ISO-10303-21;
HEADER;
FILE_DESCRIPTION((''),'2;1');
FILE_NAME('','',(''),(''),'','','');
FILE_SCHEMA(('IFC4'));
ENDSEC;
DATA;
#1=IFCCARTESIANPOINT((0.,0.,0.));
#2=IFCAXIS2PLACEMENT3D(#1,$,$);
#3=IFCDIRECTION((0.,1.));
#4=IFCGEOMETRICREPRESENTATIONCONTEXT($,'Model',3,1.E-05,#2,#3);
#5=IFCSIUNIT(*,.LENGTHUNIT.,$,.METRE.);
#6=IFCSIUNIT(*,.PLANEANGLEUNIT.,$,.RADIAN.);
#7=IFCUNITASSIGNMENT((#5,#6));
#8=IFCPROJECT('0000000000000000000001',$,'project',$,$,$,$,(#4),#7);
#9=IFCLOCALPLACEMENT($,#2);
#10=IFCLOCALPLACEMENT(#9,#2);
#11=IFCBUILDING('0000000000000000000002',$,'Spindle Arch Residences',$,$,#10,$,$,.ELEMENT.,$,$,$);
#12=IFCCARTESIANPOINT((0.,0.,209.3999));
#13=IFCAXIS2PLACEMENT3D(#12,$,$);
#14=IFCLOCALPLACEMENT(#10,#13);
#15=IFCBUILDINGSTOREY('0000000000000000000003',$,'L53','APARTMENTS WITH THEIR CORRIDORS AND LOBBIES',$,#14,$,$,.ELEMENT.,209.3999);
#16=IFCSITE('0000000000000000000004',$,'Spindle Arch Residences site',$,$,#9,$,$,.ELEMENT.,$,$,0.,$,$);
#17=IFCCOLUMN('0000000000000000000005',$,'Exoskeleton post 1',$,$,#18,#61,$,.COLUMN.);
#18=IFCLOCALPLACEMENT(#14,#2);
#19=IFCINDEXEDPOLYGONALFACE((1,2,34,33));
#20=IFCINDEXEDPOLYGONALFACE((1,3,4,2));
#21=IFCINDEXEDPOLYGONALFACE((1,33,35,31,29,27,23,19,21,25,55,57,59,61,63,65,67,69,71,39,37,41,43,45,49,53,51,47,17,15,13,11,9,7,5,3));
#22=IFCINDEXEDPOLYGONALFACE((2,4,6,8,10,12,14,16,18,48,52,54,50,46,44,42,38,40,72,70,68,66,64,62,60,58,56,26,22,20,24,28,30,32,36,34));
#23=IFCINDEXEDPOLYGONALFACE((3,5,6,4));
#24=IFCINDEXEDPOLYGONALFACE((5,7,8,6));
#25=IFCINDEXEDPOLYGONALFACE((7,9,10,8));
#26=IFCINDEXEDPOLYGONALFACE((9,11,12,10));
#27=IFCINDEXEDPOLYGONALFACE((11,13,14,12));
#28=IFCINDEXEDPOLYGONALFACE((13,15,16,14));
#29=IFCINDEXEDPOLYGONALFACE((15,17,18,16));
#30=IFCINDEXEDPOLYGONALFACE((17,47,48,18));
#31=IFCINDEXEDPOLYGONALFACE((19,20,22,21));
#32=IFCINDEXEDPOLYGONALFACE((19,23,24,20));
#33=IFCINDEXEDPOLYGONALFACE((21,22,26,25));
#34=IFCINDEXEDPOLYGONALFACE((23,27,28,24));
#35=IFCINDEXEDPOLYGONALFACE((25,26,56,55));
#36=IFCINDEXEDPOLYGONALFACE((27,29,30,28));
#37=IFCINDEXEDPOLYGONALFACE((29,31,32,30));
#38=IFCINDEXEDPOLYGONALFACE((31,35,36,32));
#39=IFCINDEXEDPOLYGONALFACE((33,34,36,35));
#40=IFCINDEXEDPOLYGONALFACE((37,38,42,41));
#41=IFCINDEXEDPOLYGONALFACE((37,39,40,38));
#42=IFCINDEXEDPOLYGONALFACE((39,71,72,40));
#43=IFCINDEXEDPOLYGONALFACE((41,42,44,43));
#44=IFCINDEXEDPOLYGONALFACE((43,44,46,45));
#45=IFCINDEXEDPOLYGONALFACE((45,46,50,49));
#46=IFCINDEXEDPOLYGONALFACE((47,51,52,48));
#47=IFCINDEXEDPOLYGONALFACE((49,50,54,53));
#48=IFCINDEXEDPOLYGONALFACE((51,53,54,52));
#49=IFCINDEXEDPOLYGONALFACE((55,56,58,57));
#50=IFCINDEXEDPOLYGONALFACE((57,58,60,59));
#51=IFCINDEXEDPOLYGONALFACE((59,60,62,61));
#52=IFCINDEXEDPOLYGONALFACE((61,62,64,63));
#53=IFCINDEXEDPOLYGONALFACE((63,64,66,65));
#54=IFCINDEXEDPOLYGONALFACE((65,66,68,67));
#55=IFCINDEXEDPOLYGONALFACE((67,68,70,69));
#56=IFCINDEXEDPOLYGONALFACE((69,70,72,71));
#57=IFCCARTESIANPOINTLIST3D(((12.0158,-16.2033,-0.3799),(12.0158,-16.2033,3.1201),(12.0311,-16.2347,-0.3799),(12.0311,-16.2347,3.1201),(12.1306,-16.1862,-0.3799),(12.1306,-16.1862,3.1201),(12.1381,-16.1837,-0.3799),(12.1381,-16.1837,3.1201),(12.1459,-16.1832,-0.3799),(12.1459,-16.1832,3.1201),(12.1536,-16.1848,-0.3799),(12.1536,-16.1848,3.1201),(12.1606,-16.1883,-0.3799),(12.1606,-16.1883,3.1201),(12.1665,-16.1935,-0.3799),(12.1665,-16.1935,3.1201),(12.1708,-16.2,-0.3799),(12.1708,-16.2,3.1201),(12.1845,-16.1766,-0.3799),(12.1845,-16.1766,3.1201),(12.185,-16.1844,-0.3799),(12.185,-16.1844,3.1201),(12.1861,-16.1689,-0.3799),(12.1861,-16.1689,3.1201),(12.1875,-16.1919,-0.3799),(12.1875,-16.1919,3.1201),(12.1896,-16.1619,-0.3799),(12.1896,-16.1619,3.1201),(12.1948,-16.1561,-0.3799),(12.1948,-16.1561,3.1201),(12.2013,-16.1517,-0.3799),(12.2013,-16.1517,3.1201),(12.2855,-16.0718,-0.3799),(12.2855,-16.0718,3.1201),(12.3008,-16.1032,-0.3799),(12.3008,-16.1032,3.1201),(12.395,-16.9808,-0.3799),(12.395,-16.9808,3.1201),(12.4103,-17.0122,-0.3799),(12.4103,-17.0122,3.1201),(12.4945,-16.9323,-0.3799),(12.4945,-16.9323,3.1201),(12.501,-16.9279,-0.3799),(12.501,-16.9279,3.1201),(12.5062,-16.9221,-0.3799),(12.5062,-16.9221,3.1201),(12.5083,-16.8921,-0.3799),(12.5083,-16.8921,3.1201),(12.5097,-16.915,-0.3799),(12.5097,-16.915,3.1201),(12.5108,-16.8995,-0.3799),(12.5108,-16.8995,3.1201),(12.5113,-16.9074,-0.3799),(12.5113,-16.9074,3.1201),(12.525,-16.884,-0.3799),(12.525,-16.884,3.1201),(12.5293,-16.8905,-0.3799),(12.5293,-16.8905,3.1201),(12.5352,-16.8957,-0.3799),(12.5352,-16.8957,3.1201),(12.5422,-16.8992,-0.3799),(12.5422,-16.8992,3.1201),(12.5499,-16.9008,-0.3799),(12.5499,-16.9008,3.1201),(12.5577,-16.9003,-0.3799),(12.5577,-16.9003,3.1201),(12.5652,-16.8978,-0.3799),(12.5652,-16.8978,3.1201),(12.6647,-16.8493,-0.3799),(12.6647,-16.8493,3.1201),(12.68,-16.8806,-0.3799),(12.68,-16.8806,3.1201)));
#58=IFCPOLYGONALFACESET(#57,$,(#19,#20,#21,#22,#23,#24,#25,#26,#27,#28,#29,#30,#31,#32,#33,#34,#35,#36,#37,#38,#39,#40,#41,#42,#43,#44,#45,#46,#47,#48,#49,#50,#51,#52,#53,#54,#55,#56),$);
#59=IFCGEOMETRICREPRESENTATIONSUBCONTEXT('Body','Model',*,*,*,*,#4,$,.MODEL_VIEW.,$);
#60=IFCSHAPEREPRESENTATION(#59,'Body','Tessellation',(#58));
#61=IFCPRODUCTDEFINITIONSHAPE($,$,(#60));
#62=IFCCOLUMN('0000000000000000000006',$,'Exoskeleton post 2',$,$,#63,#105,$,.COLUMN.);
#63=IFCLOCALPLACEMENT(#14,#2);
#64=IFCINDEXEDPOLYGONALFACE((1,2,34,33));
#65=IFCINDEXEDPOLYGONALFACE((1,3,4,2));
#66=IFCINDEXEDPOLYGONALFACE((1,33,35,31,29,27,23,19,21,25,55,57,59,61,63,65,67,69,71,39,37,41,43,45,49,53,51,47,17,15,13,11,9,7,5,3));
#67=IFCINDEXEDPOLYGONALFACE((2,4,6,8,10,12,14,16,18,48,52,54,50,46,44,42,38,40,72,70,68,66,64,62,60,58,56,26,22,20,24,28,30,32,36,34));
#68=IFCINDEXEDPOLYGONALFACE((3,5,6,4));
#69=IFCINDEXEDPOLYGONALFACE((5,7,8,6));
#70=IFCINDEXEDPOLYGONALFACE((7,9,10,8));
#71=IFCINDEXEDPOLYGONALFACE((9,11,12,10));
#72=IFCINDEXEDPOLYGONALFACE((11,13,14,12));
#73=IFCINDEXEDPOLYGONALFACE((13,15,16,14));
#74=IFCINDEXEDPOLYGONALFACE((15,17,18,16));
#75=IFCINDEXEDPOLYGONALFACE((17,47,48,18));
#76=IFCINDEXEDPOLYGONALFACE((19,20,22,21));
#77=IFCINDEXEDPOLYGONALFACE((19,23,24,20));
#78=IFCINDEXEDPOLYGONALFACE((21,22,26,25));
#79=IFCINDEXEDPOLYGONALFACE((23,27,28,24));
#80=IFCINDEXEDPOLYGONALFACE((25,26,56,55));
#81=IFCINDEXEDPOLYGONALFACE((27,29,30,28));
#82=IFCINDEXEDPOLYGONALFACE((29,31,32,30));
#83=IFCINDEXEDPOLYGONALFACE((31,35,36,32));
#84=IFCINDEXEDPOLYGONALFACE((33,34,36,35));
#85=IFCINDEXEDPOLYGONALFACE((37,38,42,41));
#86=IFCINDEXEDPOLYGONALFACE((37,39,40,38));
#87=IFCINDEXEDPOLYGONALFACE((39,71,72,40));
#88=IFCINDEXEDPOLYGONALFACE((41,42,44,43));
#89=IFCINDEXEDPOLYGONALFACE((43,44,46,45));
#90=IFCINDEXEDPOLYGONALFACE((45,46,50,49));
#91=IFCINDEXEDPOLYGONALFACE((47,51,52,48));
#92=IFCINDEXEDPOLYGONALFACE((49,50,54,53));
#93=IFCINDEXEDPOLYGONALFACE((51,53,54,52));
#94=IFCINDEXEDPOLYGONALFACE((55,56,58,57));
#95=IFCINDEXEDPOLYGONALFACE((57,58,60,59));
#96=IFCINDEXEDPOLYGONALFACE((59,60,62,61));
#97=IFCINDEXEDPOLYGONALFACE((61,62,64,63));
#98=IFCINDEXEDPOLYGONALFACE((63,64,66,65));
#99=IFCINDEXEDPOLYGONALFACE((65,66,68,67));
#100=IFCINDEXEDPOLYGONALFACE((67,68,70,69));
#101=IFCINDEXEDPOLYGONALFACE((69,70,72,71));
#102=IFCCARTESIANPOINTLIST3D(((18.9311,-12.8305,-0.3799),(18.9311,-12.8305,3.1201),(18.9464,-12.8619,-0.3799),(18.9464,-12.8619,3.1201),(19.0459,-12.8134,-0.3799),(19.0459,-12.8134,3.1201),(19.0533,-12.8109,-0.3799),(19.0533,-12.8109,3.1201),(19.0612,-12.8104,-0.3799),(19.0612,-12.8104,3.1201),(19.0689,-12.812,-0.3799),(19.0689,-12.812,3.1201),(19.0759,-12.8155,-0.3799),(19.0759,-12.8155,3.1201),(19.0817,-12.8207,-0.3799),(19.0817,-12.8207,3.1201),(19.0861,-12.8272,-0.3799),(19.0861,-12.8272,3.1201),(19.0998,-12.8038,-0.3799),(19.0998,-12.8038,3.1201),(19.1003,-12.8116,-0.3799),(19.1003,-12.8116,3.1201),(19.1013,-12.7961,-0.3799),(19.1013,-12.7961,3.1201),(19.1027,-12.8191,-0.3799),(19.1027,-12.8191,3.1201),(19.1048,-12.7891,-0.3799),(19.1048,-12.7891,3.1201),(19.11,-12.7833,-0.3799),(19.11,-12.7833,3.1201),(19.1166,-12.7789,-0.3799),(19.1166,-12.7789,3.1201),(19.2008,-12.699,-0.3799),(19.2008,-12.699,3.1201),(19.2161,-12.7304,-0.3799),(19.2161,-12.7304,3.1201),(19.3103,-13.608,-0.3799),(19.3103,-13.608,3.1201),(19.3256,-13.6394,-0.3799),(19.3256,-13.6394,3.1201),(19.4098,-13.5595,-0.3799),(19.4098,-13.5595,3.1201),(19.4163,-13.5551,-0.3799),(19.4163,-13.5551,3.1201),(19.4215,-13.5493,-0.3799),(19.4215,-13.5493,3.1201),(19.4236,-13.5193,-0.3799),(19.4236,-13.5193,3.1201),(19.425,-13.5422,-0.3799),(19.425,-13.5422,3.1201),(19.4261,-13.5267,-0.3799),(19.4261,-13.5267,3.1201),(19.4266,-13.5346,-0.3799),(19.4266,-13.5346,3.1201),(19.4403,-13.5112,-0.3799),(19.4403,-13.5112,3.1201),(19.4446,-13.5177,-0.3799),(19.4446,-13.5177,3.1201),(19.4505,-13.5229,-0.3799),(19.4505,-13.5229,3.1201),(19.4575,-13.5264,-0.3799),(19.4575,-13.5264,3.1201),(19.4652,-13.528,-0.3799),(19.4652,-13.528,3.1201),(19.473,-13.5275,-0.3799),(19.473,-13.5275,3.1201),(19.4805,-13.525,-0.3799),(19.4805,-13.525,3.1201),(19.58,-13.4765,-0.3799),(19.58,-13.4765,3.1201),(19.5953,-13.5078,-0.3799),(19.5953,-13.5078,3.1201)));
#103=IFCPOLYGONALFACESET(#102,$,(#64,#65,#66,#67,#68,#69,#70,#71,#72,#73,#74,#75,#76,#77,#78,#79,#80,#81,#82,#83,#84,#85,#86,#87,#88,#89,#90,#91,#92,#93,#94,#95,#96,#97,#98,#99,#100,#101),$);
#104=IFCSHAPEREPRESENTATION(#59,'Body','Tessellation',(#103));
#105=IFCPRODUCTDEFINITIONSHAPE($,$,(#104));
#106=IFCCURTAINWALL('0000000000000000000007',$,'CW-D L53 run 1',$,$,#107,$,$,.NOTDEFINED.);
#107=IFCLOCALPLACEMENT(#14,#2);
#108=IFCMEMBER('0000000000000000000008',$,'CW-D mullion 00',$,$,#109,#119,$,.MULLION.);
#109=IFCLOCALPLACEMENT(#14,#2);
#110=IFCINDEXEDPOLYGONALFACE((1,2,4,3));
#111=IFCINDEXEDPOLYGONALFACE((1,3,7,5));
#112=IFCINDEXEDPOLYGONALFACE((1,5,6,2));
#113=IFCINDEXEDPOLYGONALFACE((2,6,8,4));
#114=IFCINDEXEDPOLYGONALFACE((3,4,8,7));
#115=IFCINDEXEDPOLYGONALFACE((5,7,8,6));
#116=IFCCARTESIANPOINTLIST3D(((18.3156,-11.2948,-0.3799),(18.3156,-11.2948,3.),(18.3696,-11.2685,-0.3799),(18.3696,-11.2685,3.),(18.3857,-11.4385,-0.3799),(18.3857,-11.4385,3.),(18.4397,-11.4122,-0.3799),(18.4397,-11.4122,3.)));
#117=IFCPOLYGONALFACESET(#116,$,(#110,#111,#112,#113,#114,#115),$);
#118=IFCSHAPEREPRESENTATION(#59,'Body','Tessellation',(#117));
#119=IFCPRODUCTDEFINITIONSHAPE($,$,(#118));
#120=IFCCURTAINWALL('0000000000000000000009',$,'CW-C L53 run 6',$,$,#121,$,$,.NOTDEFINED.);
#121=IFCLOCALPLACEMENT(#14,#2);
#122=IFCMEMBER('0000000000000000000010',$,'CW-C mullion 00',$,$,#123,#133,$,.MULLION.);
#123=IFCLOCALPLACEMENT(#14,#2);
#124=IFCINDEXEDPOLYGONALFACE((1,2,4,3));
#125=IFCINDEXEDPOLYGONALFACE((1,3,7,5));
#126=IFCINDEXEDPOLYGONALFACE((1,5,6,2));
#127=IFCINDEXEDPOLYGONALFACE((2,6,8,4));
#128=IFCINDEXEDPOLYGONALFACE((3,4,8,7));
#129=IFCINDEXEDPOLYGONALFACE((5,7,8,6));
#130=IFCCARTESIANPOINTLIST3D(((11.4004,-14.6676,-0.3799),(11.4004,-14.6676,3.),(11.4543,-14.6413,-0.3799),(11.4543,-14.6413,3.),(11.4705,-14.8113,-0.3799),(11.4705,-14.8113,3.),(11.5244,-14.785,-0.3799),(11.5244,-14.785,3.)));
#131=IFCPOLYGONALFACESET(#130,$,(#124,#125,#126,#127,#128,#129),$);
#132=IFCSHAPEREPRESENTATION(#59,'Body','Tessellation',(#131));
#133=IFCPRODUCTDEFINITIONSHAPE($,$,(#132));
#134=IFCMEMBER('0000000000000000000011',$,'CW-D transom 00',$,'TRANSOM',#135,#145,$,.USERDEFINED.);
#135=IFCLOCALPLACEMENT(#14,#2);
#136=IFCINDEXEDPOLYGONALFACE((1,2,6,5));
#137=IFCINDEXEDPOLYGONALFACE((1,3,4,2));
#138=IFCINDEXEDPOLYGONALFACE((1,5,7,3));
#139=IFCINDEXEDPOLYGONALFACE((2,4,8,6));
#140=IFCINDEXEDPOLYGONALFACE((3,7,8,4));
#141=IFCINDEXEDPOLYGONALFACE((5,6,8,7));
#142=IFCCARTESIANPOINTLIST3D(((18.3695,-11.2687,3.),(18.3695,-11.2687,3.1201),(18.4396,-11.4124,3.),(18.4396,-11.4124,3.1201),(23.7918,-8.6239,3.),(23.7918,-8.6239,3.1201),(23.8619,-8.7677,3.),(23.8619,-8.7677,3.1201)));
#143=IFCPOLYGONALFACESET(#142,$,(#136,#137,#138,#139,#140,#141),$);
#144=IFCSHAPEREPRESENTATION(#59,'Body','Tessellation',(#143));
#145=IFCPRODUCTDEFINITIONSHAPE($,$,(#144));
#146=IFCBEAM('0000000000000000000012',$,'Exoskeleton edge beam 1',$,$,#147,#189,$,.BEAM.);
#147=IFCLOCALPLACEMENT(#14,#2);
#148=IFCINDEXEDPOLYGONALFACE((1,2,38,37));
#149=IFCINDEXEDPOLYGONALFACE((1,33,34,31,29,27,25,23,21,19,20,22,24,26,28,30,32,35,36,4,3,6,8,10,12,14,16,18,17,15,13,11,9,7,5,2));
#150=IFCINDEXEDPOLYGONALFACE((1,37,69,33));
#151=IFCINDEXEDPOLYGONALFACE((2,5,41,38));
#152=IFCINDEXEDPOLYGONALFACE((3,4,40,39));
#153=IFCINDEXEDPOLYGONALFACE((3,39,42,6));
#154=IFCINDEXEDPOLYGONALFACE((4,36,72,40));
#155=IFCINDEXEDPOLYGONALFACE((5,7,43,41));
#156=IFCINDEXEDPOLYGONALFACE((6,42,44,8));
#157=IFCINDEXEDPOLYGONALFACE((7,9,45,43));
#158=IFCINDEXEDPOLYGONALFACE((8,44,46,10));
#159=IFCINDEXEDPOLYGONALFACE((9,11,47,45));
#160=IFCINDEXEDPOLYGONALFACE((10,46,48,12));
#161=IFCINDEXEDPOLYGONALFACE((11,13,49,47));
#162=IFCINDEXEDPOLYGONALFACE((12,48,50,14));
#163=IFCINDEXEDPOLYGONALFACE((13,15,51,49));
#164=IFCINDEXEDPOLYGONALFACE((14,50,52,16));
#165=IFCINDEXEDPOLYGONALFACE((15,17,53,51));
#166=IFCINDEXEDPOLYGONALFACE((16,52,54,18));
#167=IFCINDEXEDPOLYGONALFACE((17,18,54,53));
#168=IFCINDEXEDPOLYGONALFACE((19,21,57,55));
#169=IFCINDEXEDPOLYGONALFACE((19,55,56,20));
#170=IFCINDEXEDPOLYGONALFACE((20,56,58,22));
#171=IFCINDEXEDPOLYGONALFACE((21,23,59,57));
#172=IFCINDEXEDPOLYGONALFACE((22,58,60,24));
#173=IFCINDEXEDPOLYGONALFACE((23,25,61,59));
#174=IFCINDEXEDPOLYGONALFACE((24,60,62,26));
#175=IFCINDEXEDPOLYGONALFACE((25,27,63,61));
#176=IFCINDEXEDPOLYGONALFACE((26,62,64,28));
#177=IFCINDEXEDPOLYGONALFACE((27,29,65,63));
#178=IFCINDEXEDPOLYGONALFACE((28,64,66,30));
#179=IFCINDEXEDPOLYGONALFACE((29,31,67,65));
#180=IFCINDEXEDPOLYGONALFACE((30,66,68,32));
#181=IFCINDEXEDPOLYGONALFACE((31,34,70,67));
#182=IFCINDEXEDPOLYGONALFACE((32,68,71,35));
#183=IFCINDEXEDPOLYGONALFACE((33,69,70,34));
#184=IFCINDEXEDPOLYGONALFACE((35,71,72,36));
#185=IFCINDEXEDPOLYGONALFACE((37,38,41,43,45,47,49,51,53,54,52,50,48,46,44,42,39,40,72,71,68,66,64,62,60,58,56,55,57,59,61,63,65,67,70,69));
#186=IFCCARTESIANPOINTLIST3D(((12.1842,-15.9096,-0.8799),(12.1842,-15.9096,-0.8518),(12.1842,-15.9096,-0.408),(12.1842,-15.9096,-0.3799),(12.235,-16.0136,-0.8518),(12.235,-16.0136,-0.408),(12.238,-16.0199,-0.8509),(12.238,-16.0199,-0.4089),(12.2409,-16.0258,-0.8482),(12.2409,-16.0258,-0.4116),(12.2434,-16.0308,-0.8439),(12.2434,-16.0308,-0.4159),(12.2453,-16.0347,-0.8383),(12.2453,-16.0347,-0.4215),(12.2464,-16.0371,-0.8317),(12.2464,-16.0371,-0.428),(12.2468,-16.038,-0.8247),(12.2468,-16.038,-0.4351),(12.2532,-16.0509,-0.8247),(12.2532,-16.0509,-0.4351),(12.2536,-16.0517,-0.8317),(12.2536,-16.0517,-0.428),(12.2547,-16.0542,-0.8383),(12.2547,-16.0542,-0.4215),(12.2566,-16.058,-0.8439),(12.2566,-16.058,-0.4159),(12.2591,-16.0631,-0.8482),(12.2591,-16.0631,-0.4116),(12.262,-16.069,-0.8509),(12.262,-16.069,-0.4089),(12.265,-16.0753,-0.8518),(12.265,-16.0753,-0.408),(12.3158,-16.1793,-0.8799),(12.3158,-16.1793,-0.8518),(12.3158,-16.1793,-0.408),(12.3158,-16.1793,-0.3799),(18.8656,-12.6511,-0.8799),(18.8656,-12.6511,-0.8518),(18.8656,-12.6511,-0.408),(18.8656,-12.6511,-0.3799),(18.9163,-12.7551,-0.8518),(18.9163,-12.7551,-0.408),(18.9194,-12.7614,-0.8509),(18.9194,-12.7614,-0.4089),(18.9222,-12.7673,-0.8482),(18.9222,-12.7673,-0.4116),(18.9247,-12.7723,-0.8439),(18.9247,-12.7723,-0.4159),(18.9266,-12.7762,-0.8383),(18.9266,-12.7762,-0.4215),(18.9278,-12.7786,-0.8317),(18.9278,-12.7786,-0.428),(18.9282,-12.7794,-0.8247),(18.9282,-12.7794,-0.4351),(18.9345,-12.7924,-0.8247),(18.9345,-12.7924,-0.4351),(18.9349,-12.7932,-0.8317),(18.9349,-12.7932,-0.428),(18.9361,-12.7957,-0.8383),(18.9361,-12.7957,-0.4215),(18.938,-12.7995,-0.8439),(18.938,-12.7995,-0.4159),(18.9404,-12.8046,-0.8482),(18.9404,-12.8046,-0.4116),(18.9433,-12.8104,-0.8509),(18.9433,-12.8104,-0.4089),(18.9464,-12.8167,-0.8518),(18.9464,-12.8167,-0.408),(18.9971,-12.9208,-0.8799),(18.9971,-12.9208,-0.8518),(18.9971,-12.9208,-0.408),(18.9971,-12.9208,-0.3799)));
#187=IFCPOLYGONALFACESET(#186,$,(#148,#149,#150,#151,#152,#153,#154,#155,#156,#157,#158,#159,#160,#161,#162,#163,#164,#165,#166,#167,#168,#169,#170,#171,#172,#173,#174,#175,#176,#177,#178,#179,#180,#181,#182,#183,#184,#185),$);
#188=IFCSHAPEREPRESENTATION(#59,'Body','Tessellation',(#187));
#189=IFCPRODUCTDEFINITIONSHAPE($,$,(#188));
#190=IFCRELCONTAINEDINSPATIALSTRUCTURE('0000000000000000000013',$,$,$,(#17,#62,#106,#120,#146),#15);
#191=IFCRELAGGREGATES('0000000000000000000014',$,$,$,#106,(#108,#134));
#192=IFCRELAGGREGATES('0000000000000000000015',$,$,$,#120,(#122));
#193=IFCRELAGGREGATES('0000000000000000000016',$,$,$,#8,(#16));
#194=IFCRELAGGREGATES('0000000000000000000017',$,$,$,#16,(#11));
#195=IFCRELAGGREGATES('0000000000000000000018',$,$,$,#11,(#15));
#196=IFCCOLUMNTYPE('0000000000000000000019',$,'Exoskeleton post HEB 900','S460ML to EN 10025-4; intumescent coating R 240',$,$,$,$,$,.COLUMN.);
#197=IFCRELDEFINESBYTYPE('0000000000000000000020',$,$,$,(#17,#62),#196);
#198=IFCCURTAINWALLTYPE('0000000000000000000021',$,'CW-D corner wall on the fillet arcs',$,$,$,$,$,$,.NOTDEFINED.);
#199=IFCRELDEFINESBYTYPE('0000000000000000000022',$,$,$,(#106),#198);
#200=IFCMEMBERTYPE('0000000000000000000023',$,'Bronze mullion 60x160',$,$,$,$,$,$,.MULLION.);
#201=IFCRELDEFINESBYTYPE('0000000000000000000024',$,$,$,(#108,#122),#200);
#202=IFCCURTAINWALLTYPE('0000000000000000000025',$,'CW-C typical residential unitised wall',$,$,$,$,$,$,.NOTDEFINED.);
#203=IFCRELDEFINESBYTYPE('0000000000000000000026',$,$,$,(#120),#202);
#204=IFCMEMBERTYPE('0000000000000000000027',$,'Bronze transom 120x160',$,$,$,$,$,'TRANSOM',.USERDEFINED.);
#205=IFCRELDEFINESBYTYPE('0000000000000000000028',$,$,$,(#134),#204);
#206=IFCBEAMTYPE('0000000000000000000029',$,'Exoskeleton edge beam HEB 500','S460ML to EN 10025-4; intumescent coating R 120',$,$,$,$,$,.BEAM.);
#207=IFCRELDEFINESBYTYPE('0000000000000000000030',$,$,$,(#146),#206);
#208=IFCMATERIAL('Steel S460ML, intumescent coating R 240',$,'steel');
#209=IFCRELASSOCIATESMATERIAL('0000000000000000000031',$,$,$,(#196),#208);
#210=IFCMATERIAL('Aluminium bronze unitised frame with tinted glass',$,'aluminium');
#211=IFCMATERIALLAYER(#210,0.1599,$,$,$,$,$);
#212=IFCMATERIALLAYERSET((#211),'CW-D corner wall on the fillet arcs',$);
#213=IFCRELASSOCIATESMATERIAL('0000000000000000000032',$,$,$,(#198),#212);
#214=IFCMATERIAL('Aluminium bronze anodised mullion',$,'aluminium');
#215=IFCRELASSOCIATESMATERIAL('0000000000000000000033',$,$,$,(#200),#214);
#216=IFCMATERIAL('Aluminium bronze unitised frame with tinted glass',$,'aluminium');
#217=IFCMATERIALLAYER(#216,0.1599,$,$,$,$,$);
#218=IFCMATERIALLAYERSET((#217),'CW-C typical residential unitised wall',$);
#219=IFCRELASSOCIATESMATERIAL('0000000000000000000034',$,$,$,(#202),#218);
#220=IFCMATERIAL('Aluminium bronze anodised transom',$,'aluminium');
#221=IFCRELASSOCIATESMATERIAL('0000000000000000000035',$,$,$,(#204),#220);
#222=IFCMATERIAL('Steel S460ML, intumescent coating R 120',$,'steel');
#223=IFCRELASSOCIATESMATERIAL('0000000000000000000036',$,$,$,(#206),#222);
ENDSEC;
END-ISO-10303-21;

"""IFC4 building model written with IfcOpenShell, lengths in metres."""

from ifc_helpers import new_model, si_unit, direction, frame, origin, origin_2d, place, context, subcontext, project, spatial, rectangle, i_section, extrude, material, layer, layer_set, material_profile, profile_set, type_object, element, aggregate, save


model = new_model("IFC4")

# Units and contexts
model_context = context("Model", 3, precision=1e-05, world=origin(), true_north=direction((0.0, 1.0)))
body_context = subcontext(model_context, "Body", "Model", "MODEL_VIEW")
ifc_project = project(units=[si_unit("LENGTHUNIT", "METRE"), si_unit("PLANEANGLEUNIT", "RADIAN")], contexts=[model_context])

# Site, building, storey
site_placement = place(None, origin())
site = spatial("IfcSite", under=ifc_project, at=site_placement, Name="Spindle Arch Residences site", CompositionType="ELEMENT", RefElevation=0.0)
building_placement = place(site_placement, origin())
building = spatial("IfcBuilding", under=site, at=building_placement, Name="Spindle Arch Residences", CompositionType="ELEMENT")
storey_placement = place(building_placement, frame((0.0, 0.0, 209.3999)))
storey = spatial("IfcBuildingStorey", under=building, at=storey_placement, Name="L53", Description="APARTMENTS WITH THEIR CORRIDORS AND LOBBIES", CompositionType="ELEMENT", Elevation=209.3999)

# Columns
ifc_material_1 = material(Name="Steel S460ML, intumescent coating R 240", Category="steel")
ifc_material_profile_1 = material_profile(ifc_material_1, i_section(OverallWidth=0.3, OverallDepth=0.8999, WebThickness=0.0186, FlangeThickness=0.0349, FilletRadius=0.03, at=origin_2d()), Name="HEB 900")
ifc_profile_set_1 = profile_set([ifc_material_profile_1], Name="Steel S460ML, intumescent coating R 240")
column_type = type_object("IfcColumnType", Name="Exoskeleton post HEB 900", Description="S460ML to EN 10025-4; intumescent coating R 240", PredefinedType="COLUMN", material=ifc_profile_set_1)
for number, where, z_axis, x_axis, name in (
    (1, (12.3479, -16.542, -0.3799), (0.0, 0.0, 1.0), (-0.898794, -0.438371, 0.0), "Exoskeleton post 1"),
    (2, (19.2632, -13.1692, -0.3799), (0.0, 0.0, 1.0), (-0.898794, -0.438371, 0.0), "Exoskeleton post 2"),
):
    element("IfcColumn", number, at=place(storey_placement, frame(where, z_axis=z_axis, x_axis=x_axis)), inside=storey, type_object=column_type, Name=name, PredefinedType="COLUMN", context=body_context, shape_type="SweptSolid", body=[
        extrude(i_section(OverallWidth=0.3, OverallDepth=0.8999, WebThickness=0.0186, FlangeThickness=0.0349, FilletRadius=0.03, at=origin_2d()), origin(), (0.0, 0.0, 1.0), 3.5),
    ])

# Curtain walls, members
ifc_material_2 = material(Name="Aluminium bronze unitised frame with tinted glass", Category="aluminium")
ifc_layer_1 = layer(ifc_material_2, 0.1599)
ifc_layer_set_1 = layer_set([ifc_layer_1], Name="CW-D corner wall on the fillet arcs")
curtain_wall_type_1 = type_object("IfcCurtainWallType", Name="CW-D corner wall on the fillet arcs", PredefinedType="NOTDEFINED", material=ifc_layer_set_1)
curtain_wall_1_placement = place(storey_placement, origin())
curtain_wall_1 = element("IfcCurtainWall", 3, at=curtain_wall_1_placement, inside=storey, type_object=curtain_wall_type_1, Name="CW-D L53 run 1", PredefinedType="NOTDEFINED")
ifc_material_3 = material(Name="Aluminium bronze anodised mullion", Category="aluminium")
ifc_material_profile_2 = material_profile(ifc_material_3, rectangle(XDim=0.1599, YDim=0.0601, at=origin_2d()), Name="MU 60x160")
ifc_profile_set_2 = profile_set([ifc_material_profile_2], Name="Aluminium bronze anodised mullion")
member_type_1 = type_object("IfcMemberType", Name="Bronze mullion 60x160", PredefinedType="MULLION", material=ifc_profile_set_2)
member_1_placement = place(storey_placement, frame((18.3777, -11.3535, -0.3799), z_axis=(0.0, 0.0, 1.0), x_axis=(-0.438371, 0.898794, 0.0)))
member_1 = element("IfcMember", 4, at=member_1_placement, type_object=member_type_1, Name="CW-D mullion 00", PredefinedType="MULLION", context=body_context, shape_type="SweptSolid", body=[
    extrude(rectangle(XDim=0.1599, YDim=0.0601, at=origin_2d()), origin(), (0.0, 0.0, 1.0), 3.3799),
])
ifc_material_4 = material(Name="Aluminium bronze unitised frame with tinted glass", Category="aluminium")
ifc_layer_2 = layer(ifc_material_4, 0.1599)
ifc_layer_set_2 = layer_set([ifc_layer_2], Name="CW-C typical residential unitised wall")
curtain_wall_type_2 = type_object("IfcCurtainWallType", Name="CW-C typical residential unitised wall", PredefinedType="NOTDEFINED", material=ifc_layer_set_2)
curtain_wall_2_placement = place(storey_placement, origin())
curtain_wall_2 = element("IfcCurtainWall", 5, at=curtain_wall_2_placement, inside=storey, type_object=curtain_wall_type_2, Name="CW-C L53 run 6", PredefinedType="NOTDEFINED")
member_2_placement = place(storey_placement, frame((11.4624, -14.7263, -0.3799), z_axis=(0.0, 0.0, 1.0), x_axis=(-0.438371, 0.898794, 0.0)))
member_2 = element("IfcMember", 6, at=member_2_placement, type_object=member_type_1, Name="CW-C mullion 00", PredefinedType="MULLION", context=body_context, shape_type="SweptSolid", body=[
    extrude(rectangle(XDim=0.1599, YDim=0.0601, at=origin_2d()), origin(), (0.0, 0.0, 1.0), 3.3799),
])

# Member
ifc_material_5 = material(Name="Aluminium bronze anodised transom", Category="aluminium")
ifc_material_profile_3 = material_profile(ifc_material_5, rectangle(XDim=0.1599, YDim=0.1201, at=origin_2d()), Name="TR 120x160")
ifc_profile_set_3 = profile_set([ifc_material_profile_3], Name="Aluminium bronze anodised transom")
member_type_2 = type_object("IfcMemberType", Name="Bronze transom 120x160", ElementType="TRANSOM", PredefinedType="USERDEFINED", material=ifc_profile_set_3)
member_3_placement = place(storey_placement, frame((18.4045, -11.3406, 3.0601), z_axis=(0.898787, 0.438386, 0.0), x_axis=(-0.438386, 0.898787, 0.0)))
member_3 = element("IfcMember", 7, at=member_3_placement, type_object=member_type_2, Name="CW-D transom 00", ObjectType="TRANSOM", PredefinedType="USERDEFINED", context=body_context, shape_type="SweptSolid", body=[
    extrude(rectangle(XDim=0.1599, YDim=0.1201, at=origin_2d()), origin(), (0.0, 0.0, 1.0), 6.033),
])
aggregate(curtain_wall_1, [member_1, member_3])

# Beam
ifc_material_6 = material(Name="Steel S460ML, intumescent coating R 120", Category="steel")
ifc_material_profile_4 = material_profile(ifc_material_6, i_section(OverallWidth=0.3, OverallDepth=0.5, WebThickness=0.0144, FlangeThickness=0.0281, FilletRadius=0.0271, at=origin_2d()), Name="HEB 500")
ifc_profile_set_4 = profile_set([ifc_material_profile_4], Name="Steel S460ML, intumescent coating R 120")
beam_type_1 = type_object("IfcBeamType", Name="Exoskeleton edge beam HEB 500", Description="S460ML to EN 10025-4; intumescent coating R 120", PredefinedType="BEAM", material=ifc_profile_set_4)
beam_1_placement = place(storey_placement, frame((12.25, -16.0444, -0.6299), z_axis=(0.898804, 0.438351, 0.0), x_axis=(-0.438351, 0.898804, 0.0)))
element("IfcBeam", 8, at=beam_1_placement, inside=storey, type_object=beam_type_1, Name="Exoskeleton edge beam 1", PredefinedType="BEAM", context=body_context, shape_type="SweptSolid", body=[
    extrude(i_section(OverallWidth=0.3, OverallDepth=0.5, WebThickness=0.0144, FlangeThickness=0.0281, FilletRadius=0.0271, at=origin_2d()), origin(), (0.0, 0.0, 1.0), 7.4336),
])

aggregate(curtain_wall_2, [member_2])

save(model, "model.ifc")
